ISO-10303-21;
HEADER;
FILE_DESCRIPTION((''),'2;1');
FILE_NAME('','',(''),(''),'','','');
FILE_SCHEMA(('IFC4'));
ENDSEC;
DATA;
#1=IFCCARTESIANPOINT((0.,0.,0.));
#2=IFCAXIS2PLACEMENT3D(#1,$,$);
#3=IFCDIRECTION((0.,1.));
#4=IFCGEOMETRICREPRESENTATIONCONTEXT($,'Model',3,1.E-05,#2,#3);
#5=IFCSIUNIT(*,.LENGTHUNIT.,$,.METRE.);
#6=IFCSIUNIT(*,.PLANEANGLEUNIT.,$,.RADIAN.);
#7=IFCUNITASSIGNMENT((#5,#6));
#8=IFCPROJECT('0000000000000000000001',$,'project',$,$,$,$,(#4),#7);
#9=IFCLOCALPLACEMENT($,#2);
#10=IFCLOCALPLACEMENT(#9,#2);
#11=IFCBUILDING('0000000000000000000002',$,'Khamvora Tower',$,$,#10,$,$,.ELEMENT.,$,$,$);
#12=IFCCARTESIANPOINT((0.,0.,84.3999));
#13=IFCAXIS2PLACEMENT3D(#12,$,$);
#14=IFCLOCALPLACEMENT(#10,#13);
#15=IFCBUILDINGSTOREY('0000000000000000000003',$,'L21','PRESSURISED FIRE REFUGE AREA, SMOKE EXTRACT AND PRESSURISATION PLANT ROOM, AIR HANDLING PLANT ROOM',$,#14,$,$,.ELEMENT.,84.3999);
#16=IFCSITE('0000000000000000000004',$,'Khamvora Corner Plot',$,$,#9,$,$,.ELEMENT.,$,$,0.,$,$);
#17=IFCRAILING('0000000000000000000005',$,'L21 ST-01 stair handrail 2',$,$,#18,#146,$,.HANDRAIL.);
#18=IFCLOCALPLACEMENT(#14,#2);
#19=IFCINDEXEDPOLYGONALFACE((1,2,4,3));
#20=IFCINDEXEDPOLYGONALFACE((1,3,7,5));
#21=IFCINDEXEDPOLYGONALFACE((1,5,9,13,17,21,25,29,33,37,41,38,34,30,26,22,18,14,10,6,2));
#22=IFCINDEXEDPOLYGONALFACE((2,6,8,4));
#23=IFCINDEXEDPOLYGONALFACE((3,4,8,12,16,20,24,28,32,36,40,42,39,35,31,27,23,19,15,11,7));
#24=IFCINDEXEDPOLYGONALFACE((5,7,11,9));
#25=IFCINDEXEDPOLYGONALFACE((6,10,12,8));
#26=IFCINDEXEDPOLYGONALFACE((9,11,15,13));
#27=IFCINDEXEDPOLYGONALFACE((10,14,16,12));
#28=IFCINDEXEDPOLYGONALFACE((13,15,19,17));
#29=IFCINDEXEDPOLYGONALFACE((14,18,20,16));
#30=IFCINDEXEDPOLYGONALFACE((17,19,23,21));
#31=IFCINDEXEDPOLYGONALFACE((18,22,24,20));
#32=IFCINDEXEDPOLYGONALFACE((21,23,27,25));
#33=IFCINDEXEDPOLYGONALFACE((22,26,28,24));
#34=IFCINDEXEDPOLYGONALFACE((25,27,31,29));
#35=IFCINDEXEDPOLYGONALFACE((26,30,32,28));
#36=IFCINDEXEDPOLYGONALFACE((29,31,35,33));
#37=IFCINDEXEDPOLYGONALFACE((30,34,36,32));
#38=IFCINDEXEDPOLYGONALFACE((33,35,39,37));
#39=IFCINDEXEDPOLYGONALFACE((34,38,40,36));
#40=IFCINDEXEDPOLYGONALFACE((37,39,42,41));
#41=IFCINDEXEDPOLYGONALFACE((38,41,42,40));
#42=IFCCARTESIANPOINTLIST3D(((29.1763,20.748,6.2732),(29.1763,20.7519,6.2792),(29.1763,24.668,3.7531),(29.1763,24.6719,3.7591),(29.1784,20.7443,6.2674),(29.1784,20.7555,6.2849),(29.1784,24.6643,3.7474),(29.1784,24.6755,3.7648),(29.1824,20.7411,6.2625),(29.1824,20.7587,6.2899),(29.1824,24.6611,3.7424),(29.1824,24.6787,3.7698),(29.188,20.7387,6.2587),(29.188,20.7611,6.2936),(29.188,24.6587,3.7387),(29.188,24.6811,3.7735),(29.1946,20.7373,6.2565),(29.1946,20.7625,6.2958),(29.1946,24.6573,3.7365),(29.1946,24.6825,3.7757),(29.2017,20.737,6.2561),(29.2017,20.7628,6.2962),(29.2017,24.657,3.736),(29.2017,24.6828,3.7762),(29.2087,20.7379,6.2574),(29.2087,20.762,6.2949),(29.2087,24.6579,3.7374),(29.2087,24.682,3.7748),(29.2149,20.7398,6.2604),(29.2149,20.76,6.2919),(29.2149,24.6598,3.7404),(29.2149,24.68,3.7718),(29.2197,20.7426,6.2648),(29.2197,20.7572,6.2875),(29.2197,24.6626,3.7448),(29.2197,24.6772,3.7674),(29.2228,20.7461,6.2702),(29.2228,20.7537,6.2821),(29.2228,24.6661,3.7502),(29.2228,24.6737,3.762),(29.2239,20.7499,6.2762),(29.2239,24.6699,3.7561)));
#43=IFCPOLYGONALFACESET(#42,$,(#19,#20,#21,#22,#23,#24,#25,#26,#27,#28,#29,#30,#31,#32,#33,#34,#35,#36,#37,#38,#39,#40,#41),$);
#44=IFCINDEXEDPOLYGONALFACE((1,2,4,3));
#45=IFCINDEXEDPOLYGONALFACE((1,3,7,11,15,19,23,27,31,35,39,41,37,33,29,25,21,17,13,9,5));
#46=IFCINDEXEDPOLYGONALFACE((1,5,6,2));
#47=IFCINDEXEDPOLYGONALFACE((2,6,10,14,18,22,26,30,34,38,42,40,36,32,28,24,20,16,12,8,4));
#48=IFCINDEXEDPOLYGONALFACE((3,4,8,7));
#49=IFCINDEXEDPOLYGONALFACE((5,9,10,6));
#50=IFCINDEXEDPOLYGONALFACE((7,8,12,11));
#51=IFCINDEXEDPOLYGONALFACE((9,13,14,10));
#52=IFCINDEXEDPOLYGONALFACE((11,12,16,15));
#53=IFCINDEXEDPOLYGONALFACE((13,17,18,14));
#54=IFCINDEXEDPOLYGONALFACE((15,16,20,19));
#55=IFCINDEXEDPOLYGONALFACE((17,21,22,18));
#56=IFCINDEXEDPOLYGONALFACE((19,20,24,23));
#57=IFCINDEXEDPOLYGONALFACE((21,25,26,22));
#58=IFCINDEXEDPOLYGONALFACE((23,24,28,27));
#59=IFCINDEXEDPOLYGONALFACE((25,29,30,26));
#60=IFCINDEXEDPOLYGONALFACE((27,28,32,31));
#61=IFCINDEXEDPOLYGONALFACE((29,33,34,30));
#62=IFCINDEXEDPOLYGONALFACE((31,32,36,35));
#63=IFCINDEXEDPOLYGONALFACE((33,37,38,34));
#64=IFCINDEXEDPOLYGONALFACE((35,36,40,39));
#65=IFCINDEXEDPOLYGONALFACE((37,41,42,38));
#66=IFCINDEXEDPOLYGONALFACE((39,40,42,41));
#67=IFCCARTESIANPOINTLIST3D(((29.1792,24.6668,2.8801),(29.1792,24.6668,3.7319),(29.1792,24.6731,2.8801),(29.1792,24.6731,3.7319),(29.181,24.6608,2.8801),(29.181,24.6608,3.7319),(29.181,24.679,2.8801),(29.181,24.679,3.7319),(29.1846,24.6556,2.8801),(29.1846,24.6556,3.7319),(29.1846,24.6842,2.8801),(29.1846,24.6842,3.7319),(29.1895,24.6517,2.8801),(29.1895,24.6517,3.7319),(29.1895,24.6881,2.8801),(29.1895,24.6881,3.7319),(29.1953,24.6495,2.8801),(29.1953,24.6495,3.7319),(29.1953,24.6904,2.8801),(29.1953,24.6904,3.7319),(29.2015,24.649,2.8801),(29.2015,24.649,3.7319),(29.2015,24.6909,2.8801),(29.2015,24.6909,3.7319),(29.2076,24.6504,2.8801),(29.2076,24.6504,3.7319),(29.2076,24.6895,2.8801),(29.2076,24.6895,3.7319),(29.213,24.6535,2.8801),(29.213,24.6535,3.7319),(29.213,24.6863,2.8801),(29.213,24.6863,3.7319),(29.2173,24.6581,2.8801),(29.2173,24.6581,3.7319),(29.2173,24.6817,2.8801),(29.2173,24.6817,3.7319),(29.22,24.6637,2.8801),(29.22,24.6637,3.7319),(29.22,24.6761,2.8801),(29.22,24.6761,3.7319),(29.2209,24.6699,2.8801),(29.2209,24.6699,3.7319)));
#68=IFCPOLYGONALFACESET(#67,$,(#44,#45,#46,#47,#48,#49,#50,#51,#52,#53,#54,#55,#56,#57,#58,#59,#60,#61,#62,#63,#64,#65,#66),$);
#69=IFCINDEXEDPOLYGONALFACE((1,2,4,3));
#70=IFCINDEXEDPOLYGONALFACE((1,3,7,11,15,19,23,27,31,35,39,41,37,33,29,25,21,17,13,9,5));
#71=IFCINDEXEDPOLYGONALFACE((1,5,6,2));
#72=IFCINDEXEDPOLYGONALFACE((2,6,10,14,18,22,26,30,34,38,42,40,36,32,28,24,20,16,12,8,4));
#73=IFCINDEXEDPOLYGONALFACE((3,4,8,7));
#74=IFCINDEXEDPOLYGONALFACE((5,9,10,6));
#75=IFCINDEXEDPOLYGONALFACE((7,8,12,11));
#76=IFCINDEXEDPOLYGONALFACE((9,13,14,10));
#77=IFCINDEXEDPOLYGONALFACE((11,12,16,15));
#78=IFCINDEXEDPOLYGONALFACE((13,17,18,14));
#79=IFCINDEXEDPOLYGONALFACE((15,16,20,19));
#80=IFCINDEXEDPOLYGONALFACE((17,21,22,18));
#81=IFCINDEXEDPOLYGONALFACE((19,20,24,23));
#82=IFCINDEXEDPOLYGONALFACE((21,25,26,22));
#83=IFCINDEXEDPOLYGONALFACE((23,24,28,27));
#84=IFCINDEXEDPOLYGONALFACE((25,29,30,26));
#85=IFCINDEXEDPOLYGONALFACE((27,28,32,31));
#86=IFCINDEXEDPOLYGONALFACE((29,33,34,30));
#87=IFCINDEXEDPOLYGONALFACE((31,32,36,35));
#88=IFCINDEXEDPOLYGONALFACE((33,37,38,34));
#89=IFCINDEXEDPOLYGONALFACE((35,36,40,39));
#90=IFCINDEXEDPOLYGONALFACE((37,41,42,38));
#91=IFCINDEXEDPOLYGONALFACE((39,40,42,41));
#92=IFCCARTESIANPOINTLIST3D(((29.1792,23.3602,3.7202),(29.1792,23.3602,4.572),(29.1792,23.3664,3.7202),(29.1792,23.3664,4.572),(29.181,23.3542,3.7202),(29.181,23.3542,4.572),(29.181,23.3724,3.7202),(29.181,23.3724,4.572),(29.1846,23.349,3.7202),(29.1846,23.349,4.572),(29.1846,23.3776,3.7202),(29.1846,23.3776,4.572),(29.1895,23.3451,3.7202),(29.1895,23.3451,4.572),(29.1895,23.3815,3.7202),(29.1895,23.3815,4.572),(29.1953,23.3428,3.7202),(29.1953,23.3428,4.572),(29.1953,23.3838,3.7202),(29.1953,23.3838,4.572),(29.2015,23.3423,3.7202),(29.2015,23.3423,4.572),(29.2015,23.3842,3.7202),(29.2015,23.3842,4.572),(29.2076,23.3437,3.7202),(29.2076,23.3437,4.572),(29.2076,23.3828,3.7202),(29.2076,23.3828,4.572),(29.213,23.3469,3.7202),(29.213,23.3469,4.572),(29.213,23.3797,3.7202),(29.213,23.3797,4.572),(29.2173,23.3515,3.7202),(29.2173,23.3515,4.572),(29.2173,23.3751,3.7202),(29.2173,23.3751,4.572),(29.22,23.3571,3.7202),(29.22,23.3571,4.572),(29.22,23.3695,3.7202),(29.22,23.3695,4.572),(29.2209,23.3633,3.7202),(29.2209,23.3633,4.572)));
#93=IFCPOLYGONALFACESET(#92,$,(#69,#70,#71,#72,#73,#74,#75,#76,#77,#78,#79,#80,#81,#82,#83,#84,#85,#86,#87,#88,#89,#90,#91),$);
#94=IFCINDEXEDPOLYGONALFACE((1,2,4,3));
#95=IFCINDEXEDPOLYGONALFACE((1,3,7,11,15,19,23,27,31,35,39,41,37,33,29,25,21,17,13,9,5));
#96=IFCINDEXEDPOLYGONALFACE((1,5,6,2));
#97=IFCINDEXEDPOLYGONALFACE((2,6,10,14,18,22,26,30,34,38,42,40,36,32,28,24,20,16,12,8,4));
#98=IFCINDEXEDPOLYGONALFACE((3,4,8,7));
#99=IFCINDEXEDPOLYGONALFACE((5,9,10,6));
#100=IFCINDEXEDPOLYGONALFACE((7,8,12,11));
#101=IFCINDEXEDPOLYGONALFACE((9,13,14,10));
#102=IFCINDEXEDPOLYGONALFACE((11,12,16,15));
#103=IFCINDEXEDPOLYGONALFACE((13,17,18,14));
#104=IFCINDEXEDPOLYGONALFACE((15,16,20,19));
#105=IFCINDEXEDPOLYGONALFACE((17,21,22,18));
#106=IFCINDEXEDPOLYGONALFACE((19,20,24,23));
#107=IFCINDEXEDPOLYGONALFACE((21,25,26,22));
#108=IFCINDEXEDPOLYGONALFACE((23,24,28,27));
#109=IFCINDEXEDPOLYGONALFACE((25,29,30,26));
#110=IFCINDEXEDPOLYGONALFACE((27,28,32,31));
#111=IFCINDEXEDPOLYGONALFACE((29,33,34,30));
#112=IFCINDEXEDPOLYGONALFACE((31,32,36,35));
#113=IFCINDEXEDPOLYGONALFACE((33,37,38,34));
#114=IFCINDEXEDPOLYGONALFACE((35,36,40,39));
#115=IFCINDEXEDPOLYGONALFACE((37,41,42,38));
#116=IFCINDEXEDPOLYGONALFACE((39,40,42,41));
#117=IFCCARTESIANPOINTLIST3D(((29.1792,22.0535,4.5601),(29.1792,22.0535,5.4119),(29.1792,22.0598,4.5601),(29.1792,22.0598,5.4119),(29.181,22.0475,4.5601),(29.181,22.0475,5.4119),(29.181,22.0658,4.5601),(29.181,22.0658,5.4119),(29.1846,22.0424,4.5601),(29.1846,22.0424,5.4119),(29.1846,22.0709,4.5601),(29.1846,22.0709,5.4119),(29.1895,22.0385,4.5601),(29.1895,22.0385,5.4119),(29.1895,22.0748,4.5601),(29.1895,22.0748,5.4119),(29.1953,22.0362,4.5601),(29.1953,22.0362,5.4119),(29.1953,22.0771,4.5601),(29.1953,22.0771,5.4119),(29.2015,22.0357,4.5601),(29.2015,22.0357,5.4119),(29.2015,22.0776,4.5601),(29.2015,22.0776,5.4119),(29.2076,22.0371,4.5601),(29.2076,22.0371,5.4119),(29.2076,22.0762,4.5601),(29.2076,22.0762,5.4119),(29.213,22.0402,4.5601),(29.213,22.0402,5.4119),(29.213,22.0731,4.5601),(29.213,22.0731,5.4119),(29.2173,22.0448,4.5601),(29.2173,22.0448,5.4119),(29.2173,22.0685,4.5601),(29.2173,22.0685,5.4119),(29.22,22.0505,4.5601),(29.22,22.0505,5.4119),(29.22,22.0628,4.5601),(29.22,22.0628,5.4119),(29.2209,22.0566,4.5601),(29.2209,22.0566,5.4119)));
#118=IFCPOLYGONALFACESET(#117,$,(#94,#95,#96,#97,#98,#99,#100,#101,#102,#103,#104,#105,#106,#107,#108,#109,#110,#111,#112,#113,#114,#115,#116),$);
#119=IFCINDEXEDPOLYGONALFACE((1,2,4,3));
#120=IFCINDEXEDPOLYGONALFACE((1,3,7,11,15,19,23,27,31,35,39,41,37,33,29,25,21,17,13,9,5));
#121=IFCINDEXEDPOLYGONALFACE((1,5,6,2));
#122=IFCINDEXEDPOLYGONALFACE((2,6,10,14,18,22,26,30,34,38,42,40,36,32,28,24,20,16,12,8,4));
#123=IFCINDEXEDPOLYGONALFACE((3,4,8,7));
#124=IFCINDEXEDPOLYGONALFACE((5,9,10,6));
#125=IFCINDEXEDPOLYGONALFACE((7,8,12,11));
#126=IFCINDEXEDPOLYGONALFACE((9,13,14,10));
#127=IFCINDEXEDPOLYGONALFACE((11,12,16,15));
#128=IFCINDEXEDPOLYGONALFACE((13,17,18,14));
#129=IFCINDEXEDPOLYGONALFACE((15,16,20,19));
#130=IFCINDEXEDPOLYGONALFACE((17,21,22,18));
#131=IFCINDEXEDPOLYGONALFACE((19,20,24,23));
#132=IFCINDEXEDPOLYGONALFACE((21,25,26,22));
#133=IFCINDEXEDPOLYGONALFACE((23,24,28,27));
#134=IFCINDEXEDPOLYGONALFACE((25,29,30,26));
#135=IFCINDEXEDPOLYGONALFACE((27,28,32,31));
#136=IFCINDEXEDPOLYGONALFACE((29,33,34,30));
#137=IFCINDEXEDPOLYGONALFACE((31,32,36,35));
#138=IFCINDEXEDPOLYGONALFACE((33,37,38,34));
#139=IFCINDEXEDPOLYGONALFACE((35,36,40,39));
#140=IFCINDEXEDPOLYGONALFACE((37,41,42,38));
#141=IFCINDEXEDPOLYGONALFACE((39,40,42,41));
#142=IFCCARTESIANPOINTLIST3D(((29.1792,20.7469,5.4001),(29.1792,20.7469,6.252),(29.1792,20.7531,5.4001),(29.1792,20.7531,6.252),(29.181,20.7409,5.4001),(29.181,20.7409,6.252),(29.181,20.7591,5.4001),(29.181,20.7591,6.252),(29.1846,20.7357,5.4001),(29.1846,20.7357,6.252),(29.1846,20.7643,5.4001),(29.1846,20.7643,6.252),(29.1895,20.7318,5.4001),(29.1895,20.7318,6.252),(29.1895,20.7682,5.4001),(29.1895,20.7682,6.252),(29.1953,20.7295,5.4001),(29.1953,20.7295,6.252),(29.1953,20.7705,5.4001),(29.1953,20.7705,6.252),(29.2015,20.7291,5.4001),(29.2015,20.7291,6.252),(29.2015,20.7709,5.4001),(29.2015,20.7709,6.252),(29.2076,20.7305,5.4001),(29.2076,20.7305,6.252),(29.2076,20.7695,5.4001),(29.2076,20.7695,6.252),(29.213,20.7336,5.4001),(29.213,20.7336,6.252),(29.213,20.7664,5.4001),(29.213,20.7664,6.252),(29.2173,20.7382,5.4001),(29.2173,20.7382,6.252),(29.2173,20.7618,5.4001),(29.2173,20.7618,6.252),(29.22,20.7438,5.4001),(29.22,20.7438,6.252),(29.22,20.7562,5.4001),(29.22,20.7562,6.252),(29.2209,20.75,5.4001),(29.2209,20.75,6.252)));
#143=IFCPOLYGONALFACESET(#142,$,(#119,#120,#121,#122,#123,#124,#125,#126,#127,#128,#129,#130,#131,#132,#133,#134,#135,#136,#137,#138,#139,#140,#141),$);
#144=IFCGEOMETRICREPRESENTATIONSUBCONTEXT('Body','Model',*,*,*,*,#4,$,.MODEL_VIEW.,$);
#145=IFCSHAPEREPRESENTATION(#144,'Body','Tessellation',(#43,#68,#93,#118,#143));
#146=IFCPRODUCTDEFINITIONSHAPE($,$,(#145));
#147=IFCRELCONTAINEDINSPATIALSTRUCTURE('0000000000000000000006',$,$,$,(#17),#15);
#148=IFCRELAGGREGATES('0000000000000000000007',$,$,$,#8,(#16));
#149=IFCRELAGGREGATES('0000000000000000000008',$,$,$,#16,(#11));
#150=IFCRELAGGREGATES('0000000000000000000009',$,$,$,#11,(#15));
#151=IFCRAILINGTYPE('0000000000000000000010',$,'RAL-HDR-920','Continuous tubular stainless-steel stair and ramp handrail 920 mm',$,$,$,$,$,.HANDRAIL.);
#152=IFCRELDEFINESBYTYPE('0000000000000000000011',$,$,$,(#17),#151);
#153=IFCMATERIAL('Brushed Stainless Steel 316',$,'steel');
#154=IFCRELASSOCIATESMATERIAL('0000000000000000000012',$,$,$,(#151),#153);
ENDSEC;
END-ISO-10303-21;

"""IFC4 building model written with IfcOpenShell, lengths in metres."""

from ifc_helpers import new_model, si_unit, direction, frame, origin, origin_2d, place, context, subcontext, project, spatial, circle, extrude, material, type_object, element, save


model = new_model("IFC4")

# Units and contexts
model_context = context("Model", 3, precision=1e-05, world=origin(), true_north=direction((0.0, 1.0)))
body_context = subcontext(model_context, "Body", "Model", "MODEL_VIEW")
ifc_project = project(units=[si_unit("LENGTHUNIT", "METRE"), si_unit("PLANEANGLEUNIT", "RADIAN")], contexts=[model_context])

# Site, building, storey
site_placement = place(None, origin())
site = spatial("IfcSite", under=ifc_project, at=site_placement, Name="Khamvora Corner Plot", CompositionType="ELEMENT", RefElevation=0.0)
building_placement = place(site_placement, origin())
building = spatial("IfcBuilding", under=site, at=building_placement, Name="Khamvora Tower", CompositionType="ELEMENT")
storey_placement = place(building_placement, frame((0.0, 0.0, 84.3999)))
storey = spatial("IfcBuildingStorey", under=building, at=storey_placement, Name="L21", Description="PRESSURISED FIRE REFUGE AREA, SMOKE EXTRACT AND PRESSURISATION PLANT ROOM, AIR HANDLING PLANT ROOM", CompositionType="ELEMENT", Elevation=84.3999)

# Railing
ifc_material_1 = material(Name="Brushed Stainless Steel 316", Category="steel")
railing_type_1 = type_object("IfcRailingType", Name="RAL-HDR-920", Description="Continuous tubular stainless-steel stair and ramp handrail 920 mm", PredefinedType="HANDRAIL", material=ifc_material_1)
railing_1_placement = place(storey_placement, frame((29.2, 24.6699, 2.8801)))
element("IfcRailing", 1, at=railing_1_placement, inside=storey, type_object=railing_type_1, Name="L21 ST-01 stair handrail 2", PredefinedType="HANDRAIL", context=body_context, shape_type="SweptSolid", body=[
    extrude(circle(Radius=0.0239, at=origin_2d()), frame((0.0, 0.0, 0.876), z_axis=(0.0, -0.841172, 0.540768), x_axis=(1.0, 0.0, 0.0)), (0.0, 0.0, 1.0), 4.6602),
    extrude(circle(Radius=0.021, at=origin_2d()), origin(), (0.0, 0.0, 1.0), 0.8518),
    extrude(circle(Radius=0.021, at=origin_2d()), frame((0.0, -1.3066, 0.8401)), (0.0, 0.0, 1.0), 0.8518),
    extrude(circle(Radius=0.021, at=origin_2d()), frame((0.0, -2.6133, 1.6799)), (0.0, 0.0, 1.0), 0.8518),
    extrude(circle(Radius=0.021, at=origin_2d()), frame((0.0, -3.9199, 2.52)), (0.0, 0.0, 1.0), 0.8518),
])

save(model, "model.ifc")
